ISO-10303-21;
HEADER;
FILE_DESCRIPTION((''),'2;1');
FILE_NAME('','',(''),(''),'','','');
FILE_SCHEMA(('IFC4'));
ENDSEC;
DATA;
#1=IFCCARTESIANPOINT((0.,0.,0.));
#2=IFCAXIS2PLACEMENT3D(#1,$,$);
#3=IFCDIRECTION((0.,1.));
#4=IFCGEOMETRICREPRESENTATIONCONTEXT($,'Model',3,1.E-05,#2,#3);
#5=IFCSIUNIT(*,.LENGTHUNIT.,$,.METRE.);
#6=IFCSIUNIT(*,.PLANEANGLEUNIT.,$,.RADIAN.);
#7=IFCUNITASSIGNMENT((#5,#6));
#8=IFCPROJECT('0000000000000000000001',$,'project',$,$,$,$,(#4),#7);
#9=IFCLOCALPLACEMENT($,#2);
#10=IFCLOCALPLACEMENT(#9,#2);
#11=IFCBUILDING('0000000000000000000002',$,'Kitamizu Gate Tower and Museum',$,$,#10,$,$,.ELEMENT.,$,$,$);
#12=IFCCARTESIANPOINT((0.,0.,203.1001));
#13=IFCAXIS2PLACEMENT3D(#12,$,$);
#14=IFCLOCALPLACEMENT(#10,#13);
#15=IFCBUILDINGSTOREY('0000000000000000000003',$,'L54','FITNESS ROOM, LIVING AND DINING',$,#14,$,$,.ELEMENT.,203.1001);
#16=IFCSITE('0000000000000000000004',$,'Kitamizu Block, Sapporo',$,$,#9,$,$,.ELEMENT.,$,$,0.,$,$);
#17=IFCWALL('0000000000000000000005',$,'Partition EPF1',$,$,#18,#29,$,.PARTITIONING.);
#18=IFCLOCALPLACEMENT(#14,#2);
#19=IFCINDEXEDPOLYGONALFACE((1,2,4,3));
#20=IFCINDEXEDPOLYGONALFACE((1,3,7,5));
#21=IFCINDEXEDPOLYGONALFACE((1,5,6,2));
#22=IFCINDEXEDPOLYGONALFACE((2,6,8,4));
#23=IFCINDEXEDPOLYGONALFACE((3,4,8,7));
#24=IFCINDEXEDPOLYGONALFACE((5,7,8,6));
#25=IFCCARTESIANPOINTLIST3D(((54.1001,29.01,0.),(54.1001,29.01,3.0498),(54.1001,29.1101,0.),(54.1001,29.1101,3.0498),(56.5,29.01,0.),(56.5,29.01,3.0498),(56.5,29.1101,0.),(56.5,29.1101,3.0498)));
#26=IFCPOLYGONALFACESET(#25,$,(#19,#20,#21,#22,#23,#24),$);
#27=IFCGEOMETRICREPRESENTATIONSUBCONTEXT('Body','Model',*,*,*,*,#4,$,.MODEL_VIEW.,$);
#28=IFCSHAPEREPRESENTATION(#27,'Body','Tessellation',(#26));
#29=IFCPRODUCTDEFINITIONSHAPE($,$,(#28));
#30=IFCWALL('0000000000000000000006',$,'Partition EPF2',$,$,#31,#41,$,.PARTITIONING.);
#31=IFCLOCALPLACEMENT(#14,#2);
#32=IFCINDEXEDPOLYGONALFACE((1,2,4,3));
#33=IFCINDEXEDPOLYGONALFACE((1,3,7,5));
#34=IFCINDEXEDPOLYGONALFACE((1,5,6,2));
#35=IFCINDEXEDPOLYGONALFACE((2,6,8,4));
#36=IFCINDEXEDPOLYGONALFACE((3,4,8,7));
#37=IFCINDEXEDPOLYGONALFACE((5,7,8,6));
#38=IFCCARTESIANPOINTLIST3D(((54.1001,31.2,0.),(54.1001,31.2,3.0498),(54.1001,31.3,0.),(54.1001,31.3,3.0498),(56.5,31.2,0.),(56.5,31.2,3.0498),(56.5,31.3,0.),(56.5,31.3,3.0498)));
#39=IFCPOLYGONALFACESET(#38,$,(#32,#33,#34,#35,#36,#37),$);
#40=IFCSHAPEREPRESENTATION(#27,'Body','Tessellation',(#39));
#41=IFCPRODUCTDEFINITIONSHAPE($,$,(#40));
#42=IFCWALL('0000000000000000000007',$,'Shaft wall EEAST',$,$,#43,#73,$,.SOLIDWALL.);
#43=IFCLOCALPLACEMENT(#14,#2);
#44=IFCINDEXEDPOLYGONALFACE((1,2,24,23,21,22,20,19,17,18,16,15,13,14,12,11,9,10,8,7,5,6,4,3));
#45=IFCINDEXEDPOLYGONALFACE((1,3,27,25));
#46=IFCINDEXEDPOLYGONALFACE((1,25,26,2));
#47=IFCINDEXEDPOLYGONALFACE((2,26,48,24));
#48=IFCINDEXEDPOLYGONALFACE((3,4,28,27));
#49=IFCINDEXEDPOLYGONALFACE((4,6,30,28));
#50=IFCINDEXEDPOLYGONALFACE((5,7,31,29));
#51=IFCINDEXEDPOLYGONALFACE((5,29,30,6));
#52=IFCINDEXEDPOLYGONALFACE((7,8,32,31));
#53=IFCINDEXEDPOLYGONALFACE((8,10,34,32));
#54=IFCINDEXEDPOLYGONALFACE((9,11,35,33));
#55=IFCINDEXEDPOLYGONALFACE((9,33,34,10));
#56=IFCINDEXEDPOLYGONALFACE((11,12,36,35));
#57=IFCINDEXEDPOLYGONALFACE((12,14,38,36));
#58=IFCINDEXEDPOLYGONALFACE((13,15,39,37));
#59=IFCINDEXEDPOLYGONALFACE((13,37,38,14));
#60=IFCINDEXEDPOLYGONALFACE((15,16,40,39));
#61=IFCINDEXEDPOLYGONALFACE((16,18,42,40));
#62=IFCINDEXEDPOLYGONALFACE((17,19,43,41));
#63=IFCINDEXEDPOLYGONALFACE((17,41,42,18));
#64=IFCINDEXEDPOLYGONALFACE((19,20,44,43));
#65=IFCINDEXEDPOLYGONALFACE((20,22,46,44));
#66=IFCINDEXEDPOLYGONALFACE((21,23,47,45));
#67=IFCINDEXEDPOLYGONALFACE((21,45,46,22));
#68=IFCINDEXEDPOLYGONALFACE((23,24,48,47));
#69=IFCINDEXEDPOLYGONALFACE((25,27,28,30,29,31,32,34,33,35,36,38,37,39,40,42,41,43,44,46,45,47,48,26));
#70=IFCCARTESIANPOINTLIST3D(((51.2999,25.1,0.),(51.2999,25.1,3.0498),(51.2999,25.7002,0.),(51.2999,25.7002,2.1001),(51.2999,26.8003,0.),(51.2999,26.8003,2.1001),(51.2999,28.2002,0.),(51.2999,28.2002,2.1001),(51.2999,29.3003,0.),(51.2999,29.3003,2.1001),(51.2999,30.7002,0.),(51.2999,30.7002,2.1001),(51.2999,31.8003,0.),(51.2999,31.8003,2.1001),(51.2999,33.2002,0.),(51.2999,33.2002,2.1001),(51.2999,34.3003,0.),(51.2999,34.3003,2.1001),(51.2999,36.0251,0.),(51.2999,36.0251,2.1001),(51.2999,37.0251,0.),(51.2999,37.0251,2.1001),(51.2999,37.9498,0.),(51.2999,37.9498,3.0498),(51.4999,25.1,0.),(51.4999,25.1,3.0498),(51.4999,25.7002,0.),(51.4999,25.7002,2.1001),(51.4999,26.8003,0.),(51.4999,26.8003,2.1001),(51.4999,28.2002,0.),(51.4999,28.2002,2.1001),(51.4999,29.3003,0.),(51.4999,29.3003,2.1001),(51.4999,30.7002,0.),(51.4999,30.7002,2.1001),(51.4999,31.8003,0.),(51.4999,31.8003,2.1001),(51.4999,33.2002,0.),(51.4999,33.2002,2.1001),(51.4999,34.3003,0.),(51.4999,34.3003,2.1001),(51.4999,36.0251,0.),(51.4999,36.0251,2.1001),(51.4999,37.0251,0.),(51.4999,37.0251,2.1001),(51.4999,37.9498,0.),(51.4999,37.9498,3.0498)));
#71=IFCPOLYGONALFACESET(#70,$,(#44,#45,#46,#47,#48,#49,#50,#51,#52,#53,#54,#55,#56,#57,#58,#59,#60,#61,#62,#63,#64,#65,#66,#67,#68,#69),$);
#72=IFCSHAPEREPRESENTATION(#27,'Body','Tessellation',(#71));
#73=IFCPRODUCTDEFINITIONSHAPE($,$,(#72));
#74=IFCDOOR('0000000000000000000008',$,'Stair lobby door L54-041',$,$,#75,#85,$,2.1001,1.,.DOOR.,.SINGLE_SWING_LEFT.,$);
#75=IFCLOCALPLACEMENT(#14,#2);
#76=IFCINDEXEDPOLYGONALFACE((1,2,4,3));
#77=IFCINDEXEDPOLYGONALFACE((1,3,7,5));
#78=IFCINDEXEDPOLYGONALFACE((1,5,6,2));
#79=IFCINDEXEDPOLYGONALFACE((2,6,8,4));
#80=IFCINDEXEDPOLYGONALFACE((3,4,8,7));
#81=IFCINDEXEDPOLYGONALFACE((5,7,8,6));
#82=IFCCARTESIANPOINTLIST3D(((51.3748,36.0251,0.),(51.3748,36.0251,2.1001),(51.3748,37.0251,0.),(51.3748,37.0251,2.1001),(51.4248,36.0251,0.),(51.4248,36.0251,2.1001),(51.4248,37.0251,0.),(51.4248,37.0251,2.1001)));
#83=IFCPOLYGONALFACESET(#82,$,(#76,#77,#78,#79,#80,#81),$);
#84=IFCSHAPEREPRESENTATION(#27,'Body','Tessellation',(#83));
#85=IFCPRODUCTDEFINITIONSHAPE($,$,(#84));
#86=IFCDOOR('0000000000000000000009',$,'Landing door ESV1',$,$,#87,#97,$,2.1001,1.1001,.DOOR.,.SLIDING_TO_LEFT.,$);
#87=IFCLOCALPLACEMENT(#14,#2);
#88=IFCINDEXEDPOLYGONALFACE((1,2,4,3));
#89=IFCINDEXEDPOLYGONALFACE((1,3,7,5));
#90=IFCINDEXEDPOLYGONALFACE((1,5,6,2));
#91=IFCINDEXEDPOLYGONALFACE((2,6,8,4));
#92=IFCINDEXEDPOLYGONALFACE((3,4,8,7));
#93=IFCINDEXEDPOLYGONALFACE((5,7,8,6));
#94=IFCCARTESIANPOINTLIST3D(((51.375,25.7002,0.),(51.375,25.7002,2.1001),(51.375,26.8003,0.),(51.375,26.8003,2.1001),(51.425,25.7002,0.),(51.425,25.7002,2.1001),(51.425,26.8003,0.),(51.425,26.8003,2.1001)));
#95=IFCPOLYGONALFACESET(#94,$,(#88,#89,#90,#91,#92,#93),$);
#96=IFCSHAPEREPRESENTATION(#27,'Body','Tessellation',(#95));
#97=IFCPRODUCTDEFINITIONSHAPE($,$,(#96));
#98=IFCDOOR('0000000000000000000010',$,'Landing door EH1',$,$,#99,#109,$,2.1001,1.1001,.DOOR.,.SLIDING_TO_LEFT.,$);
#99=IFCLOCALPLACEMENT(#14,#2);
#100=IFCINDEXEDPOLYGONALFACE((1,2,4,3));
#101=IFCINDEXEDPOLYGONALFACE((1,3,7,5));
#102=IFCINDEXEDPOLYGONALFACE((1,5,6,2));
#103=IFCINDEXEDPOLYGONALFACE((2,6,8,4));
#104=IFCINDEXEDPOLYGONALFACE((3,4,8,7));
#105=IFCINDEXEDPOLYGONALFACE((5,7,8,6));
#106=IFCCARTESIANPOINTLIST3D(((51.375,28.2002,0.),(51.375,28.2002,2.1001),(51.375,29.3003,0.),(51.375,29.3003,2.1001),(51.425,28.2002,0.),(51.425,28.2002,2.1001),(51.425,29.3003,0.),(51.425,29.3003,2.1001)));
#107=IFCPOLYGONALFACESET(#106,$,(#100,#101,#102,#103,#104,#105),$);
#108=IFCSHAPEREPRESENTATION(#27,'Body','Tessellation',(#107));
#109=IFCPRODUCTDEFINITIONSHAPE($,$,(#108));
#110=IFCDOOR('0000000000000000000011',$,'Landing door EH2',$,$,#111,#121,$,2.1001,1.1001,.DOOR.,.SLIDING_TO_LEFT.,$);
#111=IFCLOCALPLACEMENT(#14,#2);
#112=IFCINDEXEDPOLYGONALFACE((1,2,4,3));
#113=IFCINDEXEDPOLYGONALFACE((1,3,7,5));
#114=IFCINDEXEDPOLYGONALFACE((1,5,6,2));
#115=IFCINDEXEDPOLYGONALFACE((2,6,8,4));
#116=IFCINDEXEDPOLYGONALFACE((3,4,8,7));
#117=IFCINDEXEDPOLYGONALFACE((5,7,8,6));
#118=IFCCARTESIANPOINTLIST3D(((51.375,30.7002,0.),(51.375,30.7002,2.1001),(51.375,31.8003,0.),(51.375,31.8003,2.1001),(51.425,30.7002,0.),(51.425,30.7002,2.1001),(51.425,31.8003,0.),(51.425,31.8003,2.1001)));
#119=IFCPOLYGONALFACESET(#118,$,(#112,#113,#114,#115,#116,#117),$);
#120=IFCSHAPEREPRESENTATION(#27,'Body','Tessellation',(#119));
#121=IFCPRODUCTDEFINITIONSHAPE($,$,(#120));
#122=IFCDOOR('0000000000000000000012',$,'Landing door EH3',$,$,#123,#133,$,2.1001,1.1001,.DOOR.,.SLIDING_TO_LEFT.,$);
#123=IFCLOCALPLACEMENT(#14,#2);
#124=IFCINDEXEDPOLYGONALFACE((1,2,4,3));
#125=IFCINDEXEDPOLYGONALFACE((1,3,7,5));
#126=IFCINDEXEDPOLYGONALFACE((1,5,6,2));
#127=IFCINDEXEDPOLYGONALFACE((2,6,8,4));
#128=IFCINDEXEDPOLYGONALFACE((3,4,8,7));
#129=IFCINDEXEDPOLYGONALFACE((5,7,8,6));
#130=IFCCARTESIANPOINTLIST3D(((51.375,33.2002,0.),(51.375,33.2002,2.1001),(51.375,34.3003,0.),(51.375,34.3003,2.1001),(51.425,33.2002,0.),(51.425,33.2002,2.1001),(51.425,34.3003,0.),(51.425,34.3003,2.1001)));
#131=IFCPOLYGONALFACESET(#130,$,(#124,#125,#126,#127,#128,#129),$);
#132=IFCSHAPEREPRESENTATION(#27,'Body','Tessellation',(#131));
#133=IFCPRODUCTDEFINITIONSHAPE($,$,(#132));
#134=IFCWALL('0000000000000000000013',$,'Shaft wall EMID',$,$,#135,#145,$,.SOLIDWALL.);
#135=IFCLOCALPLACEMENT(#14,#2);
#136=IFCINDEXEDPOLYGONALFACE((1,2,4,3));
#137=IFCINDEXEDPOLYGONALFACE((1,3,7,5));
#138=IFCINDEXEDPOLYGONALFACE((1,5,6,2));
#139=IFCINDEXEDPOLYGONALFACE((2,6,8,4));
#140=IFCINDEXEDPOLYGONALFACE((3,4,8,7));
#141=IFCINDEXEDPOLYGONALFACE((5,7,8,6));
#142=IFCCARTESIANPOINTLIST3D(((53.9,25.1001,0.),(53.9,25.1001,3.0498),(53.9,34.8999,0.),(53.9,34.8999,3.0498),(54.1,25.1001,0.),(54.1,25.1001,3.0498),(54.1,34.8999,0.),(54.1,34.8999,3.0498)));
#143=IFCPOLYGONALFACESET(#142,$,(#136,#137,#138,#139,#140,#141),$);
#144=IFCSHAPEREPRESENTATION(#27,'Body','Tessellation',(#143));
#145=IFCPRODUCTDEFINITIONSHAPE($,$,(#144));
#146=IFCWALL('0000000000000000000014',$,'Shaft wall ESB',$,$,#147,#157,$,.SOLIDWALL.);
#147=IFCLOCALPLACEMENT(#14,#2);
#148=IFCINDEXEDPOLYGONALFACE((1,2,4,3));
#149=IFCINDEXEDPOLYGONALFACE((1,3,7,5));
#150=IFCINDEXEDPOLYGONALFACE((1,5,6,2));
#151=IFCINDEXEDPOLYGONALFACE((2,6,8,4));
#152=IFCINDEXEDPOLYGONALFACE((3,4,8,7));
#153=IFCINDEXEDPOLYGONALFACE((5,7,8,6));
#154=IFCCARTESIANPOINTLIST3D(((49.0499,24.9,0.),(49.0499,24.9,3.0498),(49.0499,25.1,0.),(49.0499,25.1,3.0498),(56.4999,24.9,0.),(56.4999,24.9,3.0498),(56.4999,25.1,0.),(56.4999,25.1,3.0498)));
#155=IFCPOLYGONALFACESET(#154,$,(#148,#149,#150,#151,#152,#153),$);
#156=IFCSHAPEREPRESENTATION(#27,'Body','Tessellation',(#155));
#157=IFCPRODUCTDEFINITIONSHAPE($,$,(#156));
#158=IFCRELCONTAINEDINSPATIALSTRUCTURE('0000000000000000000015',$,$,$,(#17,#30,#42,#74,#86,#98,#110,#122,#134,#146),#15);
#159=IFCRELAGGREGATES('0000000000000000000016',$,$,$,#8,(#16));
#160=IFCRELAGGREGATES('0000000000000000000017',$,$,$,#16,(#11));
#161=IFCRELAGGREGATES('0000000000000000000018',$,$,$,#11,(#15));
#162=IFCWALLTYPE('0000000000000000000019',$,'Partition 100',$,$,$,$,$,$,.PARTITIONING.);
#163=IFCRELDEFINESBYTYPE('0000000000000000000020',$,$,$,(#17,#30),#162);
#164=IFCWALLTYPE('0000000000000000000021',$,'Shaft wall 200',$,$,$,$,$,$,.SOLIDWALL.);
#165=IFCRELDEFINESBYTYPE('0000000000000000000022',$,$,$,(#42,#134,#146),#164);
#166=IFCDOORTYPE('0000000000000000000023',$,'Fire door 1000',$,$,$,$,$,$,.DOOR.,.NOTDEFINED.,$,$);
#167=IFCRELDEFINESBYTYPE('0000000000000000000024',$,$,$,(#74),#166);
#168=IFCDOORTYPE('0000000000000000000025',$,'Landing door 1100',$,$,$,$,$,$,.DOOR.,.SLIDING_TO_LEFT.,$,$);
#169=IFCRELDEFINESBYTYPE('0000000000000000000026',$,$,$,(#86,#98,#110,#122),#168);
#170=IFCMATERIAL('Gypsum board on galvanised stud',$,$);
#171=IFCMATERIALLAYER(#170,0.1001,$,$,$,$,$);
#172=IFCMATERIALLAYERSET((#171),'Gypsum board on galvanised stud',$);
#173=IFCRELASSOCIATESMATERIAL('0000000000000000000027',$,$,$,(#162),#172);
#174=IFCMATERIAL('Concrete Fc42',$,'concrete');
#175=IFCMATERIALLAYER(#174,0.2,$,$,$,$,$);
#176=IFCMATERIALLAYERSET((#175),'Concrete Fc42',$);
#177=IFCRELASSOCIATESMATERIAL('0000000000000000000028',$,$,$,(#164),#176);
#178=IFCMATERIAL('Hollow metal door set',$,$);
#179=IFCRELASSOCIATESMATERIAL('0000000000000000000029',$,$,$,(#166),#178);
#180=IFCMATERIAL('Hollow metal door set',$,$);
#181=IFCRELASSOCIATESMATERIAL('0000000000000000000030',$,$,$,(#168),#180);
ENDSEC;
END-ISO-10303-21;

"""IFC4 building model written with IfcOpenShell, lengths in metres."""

from ifc_helpers import new_model, si_unit, direction, frame, frame_2d, origin, place, context, subcontext, project, spatial, rectangle, extrude, material, layer, layer_set, type_object, element, fill, save


model = new_model("IFC4")

# Units and contexts
model_context = context("Model", 3, precision=1e-05, world=origin(), true_north=direction((0.0, 1.0)))
body_context = subcontext(model_context, "Body", "Model", "MODEL_VIEW")
ifc_project = project(units=[si_unit("LENGTHUNIT", "METRE"), si_unit("PLANEANGLEUNIT", "RADIAN")], contexts=[model_context])

# Site, building, storey
site_placement = place(None, origin())
site = spatial("IfcSite", under=ifc_project, at=site_placement, Name="Kitamizu Block, Sapporo", CompositionType="ELEMENT", RefElevation=0.0)
building_placement = place(site_placement, origin())
building = spatial("IfcBuilding", under=site, at=building_placement, Name="Kitamizu Gate Tower and Museum", CompositionType="ELEMENT")
storey_placement = place(building_placement, frame((0.0, 0.0, 203.1001)))
storey = spatial("IfcBuildingStorey", under=building, at=storey_placement, Name="L54", Description="FITNESS ROOM, LIVING AND DINING", CompositionType="ELEMENT", Elevation=203.1001)

# Walls
ifc_material_1 = material(Name="Gypsum board on galvanised stud")
ifc_layer_1 = layer(ifc_material_1, 0.1001)
ifc_layer_set_1 = layer_set([ifc_layer_1], Name="Gypsum board on galvanised stud")
wall_type_1 = type_object("IfcWallType", Name="Partition 100", PredefinedType="PARTITIONING", material=ifc_layer_set_1)
for number, where, z_axis, x_axis, name in (
    (1, (56.5, 29.0601, 0.0), (0.0, 0.0, 1.0), (-1.0, 0.0, 0.0), "Partition EPF1"),
    (2, (56.5, 31.25, 0.0), (0.0, 0.0, 1.0), (-1.0, 0.0, 0.0), "Partition EPF2"),
):
    element("IfcWall", number, at=place(storey_placement, frame(where, z_axis=z_axis, x_axis=x_axis)), inside=storey, type_object=wall_type_1, Name=name, PredefinedType="PARTITIONING", context=body_context, shape_type="SweptSolid", body=[
        extrude(rectangle(XDim=2.3999, YDim=0.1001, at=frame_2d((1.2, 0.0))), origin(), (0.0, 0.0, 1.0), 3.0498),
    ])

# Wall, openings, doors
ifc_material_2 = material(Name="Concrete Fc42", Category="concrete")
ifc_layer_2 = layer(ifc_material_2, 0.2)
ifc_layer_set_2 = layer_set([ifc_layer_2], Name="Concrete Fc42")
wall_type_2 = type_object("IfcWallType", Name="Shaft wall 200", PredefinedType="SOLIDWALL", material=ifc_layer_set_2)
wall_1_placement = place(storey_placement, frame((51.3999, 25.1001, 0.0), z_axis=(0.0, 0.0, 1.0), x_axis=(0.0, 1.0, 0.0)))
wall_1 = element("IfcWall", 3, at=wall_1_placement, inside=storey, type_object=wall_type_2, Name="Shaft wall EEAST", PredefinedType="SOLIDWALL", context=body_context, shape_type="SweptSolid", body=[
    extrude(rectangle(XDim=12.8499, YDim=0.2, at=frame_2d((6.4248, 0.0))), origin(), (0.0, 0.0, 1.0), 3.0498),
])
opening_1_placement = place(wall_1_placement, frame((0.6001, 0.0, 0.0)))
opening_1 = element("IfcOpeningElement", 4, at=opening_1_placement, cuts=wall_1, PredefinedType="OPENING", context=body_context, shape_type="SweptSolid", body=[
    extrude(rectangle(XDim=1.1001, YDim=2.1001, at=frame_2d((0.55, 1.05))), frame((0.0, 0.1099, 0.0), z_axis=(0.0, -1.0, 0.0), x_axis=(1.0, 0.0, 0.0)), (0.0, 0.0, 1.0), 0.22),
])
opening_2_placement = place(wall_1_placement, frame((3.1001, 0.0, 0.0)))
opening_2 = element("IfcOpeningElement", 5, at=opening_2_placement, cuts=wall_1, PredefinedType="OPENING", context=body_context, shape_type="SweptSolid", body=[
    extrude(rectangle(XDim=1.1001, YDim=2.1001, at=frame_2d((0.55, 1.05))), frame((0.0, 0.1099, 0.0), z_axis=(0.0, -1.0, 0.0), x_axis=(1.0, 0.0, 0.0)), (0.0, 0.0, 1.0), 0.22),
])
opening_3_placement = place(wall_1_placement, frame((5.6001, 0.0, 0.0)))
opening_3 = element("IfcOpeningElement", 6, at=opening_3_placement, cuts=wall_1, PredefinedType="OPENING", context=body_context, shape_type="SweptSolid", body=[
    extrude(rectangle(XDim=1.1001, YDim=2.1001, at=frame_2d((0.55, 1.05))), frame((0.0, 0.1099, 0.0), z_axis=(0.0, -1.0, 0.0), x_axis=(1.0, 0.0, 0.0)), (0.0, 0.0, 1.0), 0.22),
])
opening_4_placement = place(wall_1_placement, frame((8.1001, 0.0, 0.0)))
opening_4 = element("IfcOpeningElement", 7, at=opening_4_placement, cuts=wall_1, PredefinedType="OPENING", context=body_context, shape_type="SweptSolid", body=[
    extrude(rectangle(XDim=1.1001, YDim=2.1001, at=frame_2d((0.55, 1.05))), frame((0.0, 0.1099, 0.0), z_axis=(0.0, -1.0, 0.0), x_axis=(1.0, 0.0, 0.0)), (0.0, 0.0, 1.0), 0.22),
])
opening_5_placement = place(wall_1_placement, frame((10.925, 0.0, 0.0)))
opening_5 = element("IfcOpeningElement", 8, at=opening_5_placement, cuts=wall_1, PredefinedType="OPENING", context=body_context, shape_type="SweptSolid", body=[
    extrude(rectangle(XDim=1.0, YDim=2.1001, at=frame_2d((0.5, 1.05))), frame((0.0, 0.1099, 0.0), z_axis=(0.0, -1.0, 0.0), x_axis=(1.0, 0.0, 0.0)), (0.0, 0.0, 1.0), 0.22),
])
ifc_material_3 = material(Name="Hollow metal door set")
door_type_1 = type_object("IfcDoorType", Name="Fire door 1000", OperationType="NOTDEFINED", PredefinedType="DOOR", material=ifc_material_3)
door_1_placement = place(opening_5_placement, frame((1.0, 0.0, 0.0), x_axis=(-1.0, 0.0, 0.0)))
door_1 = element("IfcDoor", 9, at=door_1_placement, inside=storey, type_object=door_type_1, Name="Stair lobby door L54-041", OperationType="SINGLE_SWING_LEFT", OverallHeight=2.1001, OverallWidth=1.0, PredefinedType="DOOR", context=body_context, shape_type="SweptSolid", body=[
    extrude(rectangle(XDim=1.0, YDim=2.1001, at=frame_2d((0.5, 1.05))), frame((0.0, 0.0249, 0.0), z_axis=(0.0, -1.0, 0.0), x_axis=(1.0, 0.0, 0.0)), (0.0, 0.0, 1.0), 0.05),
])
fill(opening_5, door_1)
ifc_material_4 = material(Name="Hollow metal door set")
door_type_2 = type_object("IfcDoorType", Name="Landing door 1100", OperationType="SLIDING_TO_LEFT", PredefinedType="DOOR", material=ifc_material_4)
door_2_placement = place(opening_1_placement, origin())
door_2 = element("IfcDoor", 10, at=door_2_placement, inside=storey, type_object=door_type_2, Name="Landing door ESV1", OperationType="SLIDING_TO_LEFT", OverallHeight=2.1001, OverallWidth=1.1001, PredefinedType="DOOR", context=body_context, shape_type="SweptSolid", body=[
    extrude(rectangle(XDim=1.1001, YDim=2.1001, at=frame_2d((0.55, 1.05))), frame((0.0, 0.0249, 0.0), z_axis=(0.0, -1.0, 0.0), x_axis=(1.0, 0.0, 0.0)), (0.0, 0.0, 1.0), 0.05),
])
fill(opening_1, door_2)
door_3_placement = place(opening_2_placement, origin())
door_3 = element("IfcDoor", 11, at=door_3_placement, inside=storey, type_object=door_type_2, Name="Landing door EH1", OperationType="SLIDING_TO_LEFT", OverallHeight=2.1001, OverallWidth=1.1001, PredefinedType="DOOR", context=body_context, shape_type="SweptSolid", body=[
    extrude(rectangle(XDim=1.1001, YDim=2.1001, at=frame_2d((0.55, 1.05))), frame((0.0, 0.0249, 0.0), z_axis=(0.0, -1.0, 0.0), x_axis=(1.0, 0.0, 0.0)), (0.0, 0.0, 1.0), 0.05),
])
fill(opening_2, door_3)
door_4_placement = place(opening_3_placement, origin())
door_4 = element("IfcDoor", 12, at=door_4_placement, inside=storey, type_object=door_type_2, Name="Landing door EH2", OperationType="SLIDING_TO_LEFT", OverallHeight=2.1001, OverallWidth=1.1001, PredefinedType="DOOR", context=body_context, shape_type="SweptSolid", body=[
    extrude(rectangle(XDim=1.1001, YDim=2.1001, at=frame_2d((0.55, 1.05))), frame((0.0, 0.0249, 0.0), z_axis=(0.0, -1.0, 0.0), x_axis=(1.0, 0.0, 0.0)), (0.0, 0.0, 1.0), 0.05),
])
fill(opening_3, door_4)
door_5_placement = place(opening_4_placement, origin())
door_5 = element("IfcDoor", 13, at=door_5_placement, inside=storey, type_object=door_type_2, Name="Landing door EH3", OperationType="SLIDING_TO_LEFT", OverallHeight=2.1001, OverallWidth=1.1001, PredefinedType="DOOR", context=body_context, shape_type="SweptSolid", body=[
    extrude(rectangle(XDim=1.1001, YDim=2.1001, at=frame_2d((0.55, 1.05))), frame((0.0, 0.0249, 0.0), z_axis=(0.0, -1.0, 0.0), x_axis=(1.0, 0.0, 0.0)), (0.0, 0.0, 1.0), 0.05),
])
fill(opening_4, door_5)

# Walls
wall_2_placement = place(storey_placement, frame((54.0, 25.1001, 0.0), z_axis=(0.0, 0.0, 1.0), x_axis=(0.0, 1.0, 0.0)))
element("IfcWall", 14, at=wall_2_placement, inside=storey, type_object=wall_type_2, Name="Shaft wall EMID", PredefinedType="SOLIDWALL", context=body_context, shape_type="SweptSolid", body=[
    extrude(rectangle(XDim=9.7998, YDim=0.2, at=frame_2d((4.8999, 0.0))), origin(), (0.0, 0.0, 1.0), 3.0498),
])
wall_3_placement = place(storey_placement, frame((56.5, 25.0, 0.0), z_axis=(0.0, 0.0, 1.0), x_axis=(-1.0, 0.0, 0.0)))
element("IfcWall", 15, at=wall_3_placement, inside=storey, type_object=wall_type_2, Name="Shaft wall ESB", PredefinedType="SOLIDWALL", context=body_context, shape_type="SweptSolid", body=[
    extrude(rectangle(XDim=7.45, YDim=0.2, at=frame_2d((3.7251, 0.0))), origin(), (0.0, 0.0, 1.0), 3.0498),
])

save(model, "model.ifc")
